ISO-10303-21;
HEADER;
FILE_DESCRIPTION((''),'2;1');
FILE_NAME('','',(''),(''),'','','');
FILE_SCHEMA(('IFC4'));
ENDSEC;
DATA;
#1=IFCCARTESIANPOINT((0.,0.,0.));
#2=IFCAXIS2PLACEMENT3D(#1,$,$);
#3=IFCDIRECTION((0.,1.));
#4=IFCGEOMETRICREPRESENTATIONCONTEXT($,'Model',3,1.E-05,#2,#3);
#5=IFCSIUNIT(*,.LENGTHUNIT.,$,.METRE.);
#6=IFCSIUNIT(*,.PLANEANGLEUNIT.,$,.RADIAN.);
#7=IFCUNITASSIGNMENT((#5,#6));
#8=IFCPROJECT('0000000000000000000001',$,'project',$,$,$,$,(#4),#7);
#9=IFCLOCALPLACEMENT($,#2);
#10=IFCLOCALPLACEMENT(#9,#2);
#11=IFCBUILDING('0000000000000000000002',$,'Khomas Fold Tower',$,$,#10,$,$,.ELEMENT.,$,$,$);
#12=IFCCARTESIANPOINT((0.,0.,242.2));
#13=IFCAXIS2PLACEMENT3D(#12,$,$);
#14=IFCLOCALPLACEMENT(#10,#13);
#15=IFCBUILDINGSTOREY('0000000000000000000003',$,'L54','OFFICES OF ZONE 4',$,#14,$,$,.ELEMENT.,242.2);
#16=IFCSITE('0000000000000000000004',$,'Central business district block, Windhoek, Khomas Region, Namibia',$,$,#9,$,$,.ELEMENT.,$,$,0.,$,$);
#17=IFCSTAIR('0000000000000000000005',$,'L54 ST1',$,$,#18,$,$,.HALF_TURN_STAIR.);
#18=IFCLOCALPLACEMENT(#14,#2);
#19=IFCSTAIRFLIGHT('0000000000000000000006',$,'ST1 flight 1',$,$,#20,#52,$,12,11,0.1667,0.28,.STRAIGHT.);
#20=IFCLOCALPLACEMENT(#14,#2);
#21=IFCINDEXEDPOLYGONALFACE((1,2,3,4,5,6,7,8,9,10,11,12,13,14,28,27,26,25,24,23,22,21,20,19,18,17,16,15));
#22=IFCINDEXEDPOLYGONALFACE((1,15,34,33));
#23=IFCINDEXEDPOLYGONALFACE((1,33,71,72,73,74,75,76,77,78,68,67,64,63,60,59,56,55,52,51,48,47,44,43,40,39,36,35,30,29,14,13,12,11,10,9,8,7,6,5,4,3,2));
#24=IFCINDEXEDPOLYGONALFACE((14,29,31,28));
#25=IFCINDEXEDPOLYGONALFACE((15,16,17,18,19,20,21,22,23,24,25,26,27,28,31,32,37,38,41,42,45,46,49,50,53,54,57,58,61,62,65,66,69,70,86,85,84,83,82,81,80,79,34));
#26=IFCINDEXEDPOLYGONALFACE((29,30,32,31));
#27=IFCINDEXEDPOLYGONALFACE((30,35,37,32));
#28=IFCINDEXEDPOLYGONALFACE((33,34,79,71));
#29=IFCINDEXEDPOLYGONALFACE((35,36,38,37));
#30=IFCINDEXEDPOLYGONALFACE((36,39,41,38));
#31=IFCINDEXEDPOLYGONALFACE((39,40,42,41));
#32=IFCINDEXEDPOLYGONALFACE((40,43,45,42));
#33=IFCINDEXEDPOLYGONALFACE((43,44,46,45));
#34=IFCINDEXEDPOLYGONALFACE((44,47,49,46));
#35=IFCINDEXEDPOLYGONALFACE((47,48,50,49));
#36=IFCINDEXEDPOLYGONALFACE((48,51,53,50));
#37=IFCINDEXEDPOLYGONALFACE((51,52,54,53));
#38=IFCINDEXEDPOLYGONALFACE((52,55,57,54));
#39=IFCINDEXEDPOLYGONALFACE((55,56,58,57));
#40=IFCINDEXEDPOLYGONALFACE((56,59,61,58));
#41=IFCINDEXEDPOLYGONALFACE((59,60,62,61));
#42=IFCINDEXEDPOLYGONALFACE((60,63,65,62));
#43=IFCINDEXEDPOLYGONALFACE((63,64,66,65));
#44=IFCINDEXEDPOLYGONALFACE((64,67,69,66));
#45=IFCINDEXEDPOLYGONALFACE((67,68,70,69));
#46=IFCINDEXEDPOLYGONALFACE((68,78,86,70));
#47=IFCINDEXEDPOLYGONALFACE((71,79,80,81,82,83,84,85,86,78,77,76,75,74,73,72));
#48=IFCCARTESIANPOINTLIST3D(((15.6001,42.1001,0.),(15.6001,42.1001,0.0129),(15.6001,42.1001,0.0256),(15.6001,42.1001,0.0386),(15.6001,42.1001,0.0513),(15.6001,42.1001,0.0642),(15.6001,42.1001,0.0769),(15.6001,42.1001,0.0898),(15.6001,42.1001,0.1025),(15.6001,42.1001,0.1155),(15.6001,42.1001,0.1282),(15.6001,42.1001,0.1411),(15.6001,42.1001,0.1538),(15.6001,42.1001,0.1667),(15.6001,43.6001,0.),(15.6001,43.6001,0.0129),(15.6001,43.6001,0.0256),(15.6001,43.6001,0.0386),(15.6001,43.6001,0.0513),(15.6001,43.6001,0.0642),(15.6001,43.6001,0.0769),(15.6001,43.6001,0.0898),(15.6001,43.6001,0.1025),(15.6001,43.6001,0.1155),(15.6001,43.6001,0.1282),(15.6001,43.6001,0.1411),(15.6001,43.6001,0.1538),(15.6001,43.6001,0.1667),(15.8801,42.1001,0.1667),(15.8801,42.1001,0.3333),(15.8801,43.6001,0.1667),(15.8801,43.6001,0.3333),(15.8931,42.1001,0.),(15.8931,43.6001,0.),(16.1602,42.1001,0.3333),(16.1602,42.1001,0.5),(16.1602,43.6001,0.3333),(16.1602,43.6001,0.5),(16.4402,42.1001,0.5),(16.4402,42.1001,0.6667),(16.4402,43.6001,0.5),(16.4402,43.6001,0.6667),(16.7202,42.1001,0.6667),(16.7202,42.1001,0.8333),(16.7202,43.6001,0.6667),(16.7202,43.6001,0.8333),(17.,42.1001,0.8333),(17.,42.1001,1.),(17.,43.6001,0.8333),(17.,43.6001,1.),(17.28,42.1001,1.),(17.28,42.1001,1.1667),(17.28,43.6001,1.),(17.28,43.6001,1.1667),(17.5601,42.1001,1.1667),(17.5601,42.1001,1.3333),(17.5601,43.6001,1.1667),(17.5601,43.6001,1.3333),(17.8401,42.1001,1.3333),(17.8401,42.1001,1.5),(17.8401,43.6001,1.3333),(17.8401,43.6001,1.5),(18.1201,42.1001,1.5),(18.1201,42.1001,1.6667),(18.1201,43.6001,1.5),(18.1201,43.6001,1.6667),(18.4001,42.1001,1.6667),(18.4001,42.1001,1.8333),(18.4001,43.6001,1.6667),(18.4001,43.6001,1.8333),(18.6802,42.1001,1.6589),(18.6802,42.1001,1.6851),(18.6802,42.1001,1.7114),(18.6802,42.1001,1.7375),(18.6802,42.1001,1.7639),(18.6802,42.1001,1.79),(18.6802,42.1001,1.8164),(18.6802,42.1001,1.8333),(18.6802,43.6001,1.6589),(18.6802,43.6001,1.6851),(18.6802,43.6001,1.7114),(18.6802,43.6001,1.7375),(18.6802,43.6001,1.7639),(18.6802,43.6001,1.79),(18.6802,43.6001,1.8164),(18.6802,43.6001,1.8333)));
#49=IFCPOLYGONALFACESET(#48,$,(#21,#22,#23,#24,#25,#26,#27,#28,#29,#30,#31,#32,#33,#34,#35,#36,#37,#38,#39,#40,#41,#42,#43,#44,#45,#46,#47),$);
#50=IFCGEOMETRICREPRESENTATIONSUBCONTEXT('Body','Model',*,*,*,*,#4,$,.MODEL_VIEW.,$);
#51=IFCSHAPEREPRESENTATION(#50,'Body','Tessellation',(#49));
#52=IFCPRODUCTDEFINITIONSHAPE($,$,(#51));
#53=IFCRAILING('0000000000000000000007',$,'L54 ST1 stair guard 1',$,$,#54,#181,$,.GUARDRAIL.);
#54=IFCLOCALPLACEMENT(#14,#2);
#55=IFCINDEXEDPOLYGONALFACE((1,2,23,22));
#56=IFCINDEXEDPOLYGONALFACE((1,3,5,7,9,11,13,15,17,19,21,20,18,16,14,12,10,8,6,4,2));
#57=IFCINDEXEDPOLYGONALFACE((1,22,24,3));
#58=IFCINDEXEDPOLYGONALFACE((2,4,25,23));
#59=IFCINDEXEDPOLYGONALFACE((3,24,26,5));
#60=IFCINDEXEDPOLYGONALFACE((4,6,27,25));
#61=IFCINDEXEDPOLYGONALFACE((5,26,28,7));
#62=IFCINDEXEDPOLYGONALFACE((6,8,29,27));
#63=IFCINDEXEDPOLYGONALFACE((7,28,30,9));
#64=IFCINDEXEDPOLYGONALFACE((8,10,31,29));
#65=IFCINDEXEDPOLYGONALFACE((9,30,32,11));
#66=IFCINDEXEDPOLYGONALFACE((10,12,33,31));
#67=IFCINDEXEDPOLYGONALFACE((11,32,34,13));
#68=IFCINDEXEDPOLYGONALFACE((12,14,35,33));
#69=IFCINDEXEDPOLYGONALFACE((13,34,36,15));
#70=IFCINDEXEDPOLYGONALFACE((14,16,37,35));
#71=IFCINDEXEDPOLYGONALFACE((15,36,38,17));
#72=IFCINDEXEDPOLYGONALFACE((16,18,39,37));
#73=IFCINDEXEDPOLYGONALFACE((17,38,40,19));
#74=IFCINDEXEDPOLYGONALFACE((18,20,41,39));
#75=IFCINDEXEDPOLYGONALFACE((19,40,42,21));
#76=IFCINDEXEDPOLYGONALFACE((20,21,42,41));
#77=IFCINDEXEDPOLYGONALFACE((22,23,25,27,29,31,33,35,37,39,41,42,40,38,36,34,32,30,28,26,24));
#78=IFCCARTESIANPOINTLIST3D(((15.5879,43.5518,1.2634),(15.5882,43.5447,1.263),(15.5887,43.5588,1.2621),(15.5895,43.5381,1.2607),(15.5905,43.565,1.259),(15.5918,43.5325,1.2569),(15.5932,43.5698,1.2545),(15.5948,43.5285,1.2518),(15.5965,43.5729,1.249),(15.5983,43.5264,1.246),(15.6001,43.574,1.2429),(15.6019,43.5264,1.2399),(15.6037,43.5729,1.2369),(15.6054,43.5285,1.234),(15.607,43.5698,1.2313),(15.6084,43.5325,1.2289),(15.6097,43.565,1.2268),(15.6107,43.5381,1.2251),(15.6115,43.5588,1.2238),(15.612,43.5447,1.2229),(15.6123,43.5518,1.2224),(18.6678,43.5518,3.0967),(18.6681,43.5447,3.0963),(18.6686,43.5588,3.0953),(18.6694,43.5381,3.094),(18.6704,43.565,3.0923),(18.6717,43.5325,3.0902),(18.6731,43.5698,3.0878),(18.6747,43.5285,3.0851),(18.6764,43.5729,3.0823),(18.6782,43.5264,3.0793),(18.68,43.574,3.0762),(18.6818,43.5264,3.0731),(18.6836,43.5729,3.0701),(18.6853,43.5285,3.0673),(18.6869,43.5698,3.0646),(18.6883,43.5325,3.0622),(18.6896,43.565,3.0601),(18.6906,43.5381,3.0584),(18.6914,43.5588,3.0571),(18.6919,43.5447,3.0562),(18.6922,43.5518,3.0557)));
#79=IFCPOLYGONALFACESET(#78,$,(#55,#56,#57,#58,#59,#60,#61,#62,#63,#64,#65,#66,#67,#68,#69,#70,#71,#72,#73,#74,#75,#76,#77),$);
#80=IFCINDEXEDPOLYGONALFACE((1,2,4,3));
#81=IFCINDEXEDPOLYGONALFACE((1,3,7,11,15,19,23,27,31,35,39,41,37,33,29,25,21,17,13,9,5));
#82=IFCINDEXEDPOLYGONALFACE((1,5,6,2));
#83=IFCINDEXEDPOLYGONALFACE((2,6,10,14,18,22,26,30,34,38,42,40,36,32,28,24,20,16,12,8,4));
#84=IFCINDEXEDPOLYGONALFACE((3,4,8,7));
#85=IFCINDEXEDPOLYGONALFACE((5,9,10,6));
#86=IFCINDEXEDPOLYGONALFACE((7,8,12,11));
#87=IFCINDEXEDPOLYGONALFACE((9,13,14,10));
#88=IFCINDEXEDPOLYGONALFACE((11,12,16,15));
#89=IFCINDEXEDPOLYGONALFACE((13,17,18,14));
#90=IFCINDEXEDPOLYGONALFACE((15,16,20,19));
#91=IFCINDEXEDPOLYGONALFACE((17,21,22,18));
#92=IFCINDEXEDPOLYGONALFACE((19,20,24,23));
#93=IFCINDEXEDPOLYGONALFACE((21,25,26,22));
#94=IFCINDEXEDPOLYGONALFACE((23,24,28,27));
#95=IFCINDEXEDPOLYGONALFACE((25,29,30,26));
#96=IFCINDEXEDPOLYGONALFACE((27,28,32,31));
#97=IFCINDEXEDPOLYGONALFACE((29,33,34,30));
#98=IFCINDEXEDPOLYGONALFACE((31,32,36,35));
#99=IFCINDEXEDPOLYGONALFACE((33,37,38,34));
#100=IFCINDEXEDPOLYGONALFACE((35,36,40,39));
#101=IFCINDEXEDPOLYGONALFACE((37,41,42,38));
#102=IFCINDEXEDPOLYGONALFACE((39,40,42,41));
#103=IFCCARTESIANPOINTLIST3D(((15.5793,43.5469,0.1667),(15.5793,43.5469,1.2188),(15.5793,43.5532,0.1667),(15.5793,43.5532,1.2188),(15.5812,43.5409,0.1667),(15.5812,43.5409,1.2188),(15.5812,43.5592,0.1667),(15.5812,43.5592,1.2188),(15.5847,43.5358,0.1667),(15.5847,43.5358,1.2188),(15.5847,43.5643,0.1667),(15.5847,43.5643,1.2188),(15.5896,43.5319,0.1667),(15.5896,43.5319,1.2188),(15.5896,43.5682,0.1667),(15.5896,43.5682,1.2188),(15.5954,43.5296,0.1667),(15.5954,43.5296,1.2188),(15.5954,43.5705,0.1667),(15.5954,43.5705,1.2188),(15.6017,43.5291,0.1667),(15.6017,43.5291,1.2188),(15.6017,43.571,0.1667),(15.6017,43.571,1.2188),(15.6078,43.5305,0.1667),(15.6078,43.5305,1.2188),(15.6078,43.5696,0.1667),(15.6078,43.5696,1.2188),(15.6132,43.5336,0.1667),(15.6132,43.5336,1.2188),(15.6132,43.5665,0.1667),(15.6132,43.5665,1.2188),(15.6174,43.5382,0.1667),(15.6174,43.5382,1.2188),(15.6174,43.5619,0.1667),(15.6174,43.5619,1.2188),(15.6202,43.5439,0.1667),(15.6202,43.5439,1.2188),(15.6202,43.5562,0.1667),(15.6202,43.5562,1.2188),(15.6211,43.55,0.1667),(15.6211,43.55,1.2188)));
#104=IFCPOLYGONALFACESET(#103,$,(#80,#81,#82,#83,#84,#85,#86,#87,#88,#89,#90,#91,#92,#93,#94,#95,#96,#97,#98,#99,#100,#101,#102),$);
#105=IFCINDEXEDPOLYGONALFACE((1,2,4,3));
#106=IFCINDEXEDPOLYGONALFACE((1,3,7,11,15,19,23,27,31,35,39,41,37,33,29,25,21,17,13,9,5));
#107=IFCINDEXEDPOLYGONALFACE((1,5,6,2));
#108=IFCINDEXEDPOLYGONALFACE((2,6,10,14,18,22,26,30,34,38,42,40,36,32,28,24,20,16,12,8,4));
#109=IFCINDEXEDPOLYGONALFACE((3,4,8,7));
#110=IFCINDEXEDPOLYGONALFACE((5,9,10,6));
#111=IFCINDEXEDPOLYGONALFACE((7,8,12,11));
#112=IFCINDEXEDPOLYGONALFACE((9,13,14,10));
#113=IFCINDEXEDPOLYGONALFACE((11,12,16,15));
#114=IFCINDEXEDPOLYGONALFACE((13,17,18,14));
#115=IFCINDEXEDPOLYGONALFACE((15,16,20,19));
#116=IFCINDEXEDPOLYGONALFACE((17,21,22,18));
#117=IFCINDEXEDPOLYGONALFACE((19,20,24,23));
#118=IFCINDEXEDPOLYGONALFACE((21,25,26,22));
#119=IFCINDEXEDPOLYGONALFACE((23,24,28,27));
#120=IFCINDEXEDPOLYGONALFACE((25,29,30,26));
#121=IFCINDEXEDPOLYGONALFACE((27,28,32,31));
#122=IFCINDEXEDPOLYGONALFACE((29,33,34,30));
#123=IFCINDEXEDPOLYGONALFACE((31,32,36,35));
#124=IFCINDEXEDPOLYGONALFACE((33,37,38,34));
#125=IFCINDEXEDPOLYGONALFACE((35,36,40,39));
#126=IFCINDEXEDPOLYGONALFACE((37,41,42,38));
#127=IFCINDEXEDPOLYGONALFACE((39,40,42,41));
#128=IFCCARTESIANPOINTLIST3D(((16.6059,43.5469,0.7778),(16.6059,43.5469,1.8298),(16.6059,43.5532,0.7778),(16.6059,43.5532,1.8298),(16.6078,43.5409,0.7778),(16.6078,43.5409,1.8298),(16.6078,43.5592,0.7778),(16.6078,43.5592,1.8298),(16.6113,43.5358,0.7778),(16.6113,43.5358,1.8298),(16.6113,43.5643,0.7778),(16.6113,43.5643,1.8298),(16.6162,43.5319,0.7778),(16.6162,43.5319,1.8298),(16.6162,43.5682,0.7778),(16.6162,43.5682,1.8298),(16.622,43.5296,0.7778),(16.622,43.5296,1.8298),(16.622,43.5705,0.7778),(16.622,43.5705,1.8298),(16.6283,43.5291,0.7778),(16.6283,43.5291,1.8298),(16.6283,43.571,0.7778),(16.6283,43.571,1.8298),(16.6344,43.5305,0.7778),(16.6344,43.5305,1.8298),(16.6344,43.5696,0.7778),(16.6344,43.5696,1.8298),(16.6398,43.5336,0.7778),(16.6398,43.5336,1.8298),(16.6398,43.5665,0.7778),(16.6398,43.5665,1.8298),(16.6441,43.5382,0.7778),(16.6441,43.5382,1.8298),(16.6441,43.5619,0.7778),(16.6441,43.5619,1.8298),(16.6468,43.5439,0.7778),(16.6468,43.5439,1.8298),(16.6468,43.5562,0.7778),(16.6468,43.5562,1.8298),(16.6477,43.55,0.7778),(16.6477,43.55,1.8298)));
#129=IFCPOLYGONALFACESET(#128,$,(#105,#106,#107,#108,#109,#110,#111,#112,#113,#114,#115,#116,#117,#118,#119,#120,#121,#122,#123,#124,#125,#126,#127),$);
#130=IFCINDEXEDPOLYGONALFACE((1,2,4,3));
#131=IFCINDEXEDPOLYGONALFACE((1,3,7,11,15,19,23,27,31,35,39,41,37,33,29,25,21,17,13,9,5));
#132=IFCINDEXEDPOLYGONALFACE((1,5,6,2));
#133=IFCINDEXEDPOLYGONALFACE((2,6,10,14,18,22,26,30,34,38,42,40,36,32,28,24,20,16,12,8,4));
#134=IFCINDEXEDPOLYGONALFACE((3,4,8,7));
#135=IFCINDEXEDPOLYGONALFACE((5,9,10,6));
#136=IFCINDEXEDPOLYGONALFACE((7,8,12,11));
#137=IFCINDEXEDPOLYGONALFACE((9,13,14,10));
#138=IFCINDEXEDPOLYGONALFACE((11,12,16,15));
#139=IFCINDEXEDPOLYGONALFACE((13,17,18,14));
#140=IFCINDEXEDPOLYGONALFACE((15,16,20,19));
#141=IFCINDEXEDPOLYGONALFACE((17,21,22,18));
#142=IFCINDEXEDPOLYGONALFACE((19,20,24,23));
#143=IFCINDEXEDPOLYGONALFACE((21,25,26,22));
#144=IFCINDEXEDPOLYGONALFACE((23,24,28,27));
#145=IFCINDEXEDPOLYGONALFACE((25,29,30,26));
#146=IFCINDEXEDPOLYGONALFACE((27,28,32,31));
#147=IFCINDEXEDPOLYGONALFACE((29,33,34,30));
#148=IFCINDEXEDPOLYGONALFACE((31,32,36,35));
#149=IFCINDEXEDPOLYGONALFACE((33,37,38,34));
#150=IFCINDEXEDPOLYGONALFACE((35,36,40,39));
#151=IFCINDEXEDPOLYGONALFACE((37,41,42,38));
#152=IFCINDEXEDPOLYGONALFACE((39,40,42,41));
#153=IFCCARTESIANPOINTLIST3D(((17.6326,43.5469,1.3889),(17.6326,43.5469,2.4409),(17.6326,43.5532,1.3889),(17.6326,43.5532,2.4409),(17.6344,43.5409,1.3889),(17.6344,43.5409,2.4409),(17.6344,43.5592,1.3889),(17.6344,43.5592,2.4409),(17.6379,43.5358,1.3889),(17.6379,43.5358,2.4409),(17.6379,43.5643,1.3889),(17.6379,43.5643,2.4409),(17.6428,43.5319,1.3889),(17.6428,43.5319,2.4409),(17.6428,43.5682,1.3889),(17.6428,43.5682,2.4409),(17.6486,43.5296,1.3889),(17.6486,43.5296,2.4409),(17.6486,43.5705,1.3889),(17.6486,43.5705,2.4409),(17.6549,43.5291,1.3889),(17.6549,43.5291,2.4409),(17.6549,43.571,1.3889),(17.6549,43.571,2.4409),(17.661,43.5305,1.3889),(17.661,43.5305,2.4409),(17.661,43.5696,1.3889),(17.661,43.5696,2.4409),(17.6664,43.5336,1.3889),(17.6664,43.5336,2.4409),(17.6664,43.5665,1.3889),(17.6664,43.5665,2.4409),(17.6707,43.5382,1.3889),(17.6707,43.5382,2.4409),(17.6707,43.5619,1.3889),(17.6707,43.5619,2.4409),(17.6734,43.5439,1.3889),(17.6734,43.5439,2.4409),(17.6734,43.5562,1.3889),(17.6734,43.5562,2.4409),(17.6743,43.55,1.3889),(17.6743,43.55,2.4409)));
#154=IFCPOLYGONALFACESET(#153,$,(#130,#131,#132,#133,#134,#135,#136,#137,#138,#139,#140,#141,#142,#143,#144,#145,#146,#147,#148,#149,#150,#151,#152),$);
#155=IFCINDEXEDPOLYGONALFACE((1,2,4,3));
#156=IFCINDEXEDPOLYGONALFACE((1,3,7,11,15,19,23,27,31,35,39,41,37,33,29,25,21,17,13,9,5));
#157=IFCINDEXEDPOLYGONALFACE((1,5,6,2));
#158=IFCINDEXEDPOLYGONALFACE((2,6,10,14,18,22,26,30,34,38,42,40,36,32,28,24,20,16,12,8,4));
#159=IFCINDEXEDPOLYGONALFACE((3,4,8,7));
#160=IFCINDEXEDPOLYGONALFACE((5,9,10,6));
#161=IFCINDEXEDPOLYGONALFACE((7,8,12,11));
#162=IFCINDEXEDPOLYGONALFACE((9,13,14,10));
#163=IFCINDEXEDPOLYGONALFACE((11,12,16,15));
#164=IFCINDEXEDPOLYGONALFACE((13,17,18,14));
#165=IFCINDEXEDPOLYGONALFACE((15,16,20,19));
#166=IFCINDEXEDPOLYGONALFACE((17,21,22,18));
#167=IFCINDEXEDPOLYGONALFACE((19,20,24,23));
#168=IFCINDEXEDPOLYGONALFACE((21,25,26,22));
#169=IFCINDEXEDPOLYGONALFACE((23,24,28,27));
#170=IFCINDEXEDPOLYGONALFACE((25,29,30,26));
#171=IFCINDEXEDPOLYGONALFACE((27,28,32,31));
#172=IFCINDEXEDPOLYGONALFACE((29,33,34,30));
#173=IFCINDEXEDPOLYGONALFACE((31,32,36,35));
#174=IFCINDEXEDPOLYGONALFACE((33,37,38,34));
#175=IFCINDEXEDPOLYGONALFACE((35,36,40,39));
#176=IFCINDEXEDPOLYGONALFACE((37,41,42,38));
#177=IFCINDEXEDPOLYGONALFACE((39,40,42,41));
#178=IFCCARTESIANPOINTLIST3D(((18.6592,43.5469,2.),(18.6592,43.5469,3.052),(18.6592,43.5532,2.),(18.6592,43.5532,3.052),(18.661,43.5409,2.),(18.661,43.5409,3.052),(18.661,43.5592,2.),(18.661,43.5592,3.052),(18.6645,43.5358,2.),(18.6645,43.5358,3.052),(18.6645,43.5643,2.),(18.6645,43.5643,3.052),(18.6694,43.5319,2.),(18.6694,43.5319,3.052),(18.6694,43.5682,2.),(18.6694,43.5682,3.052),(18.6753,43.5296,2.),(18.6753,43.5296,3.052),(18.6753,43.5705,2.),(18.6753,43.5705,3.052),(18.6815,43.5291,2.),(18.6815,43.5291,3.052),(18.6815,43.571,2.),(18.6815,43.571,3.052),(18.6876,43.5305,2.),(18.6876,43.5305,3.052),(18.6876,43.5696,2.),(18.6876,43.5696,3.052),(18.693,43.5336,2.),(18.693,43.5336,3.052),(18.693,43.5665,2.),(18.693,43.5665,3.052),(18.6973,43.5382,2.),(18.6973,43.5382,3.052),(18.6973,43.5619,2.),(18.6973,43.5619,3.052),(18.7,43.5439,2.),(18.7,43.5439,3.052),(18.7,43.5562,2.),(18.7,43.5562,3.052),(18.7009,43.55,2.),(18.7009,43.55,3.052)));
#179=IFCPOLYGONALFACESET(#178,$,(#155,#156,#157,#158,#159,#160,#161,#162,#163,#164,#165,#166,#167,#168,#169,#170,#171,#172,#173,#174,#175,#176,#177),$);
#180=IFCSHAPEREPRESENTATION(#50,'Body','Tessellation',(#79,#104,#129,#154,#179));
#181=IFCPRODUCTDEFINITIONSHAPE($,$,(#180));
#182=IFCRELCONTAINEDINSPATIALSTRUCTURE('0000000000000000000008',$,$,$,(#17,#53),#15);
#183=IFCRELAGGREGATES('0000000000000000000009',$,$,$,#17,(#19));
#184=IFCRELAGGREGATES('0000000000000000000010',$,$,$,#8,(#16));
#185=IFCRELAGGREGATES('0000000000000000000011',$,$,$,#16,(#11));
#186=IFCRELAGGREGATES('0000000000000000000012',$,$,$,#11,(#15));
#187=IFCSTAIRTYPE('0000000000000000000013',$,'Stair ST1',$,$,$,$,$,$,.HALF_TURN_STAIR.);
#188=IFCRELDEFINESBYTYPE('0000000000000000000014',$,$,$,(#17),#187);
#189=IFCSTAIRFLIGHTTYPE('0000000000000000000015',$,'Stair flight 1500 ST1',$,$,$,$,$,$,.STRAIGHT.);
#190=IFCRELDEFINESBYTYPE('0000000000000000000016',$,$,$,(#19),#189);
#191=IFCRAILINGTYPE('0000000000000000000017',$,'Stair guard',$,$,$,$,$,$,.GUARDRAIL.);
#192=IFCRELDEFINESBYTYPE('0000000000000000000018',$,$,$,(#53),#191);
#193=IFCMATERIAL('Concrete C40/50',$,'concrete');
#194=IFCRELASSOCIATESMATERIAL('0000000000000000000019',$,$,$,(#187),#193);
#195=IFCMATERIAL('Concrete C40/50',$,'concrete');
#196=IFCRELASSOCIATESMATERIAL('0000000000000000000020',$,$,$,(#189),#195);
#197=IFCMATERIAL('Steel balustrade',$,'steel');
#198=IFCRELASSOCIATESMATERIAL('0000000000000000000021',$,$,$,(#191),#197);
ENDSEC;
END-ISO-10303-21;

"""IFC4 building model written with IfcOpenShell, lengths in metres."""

from ifc_helpers import new_model, si_unit, direction, frame, origin, origin_2d, place, context, subcontext, project, spatial, polyline, circle, outline, extrude, source, transform, mapped, material, type_object, element, aggregate, save


model = new_model("IFC4")

# Units and contexts
model_context = context("Model", 3, precision=1e-05, world=origin(), true_north=direction((0.0, 1.0)))
body_context = subcontext(model_context, "Body", "Model", "MODEL_VIEW")
ifc_project = project(units=[si_unit("LENGTHUNIT", "METRE"), si_unit("PLANEANGLEUNIT", "RADIAN")], contexts=[model_context])

# Site, building, storey
site_placement = place(None, origin())
site = spatial("IfcSite", under=ifc_project, at=site_placement, Name="Central business district block, Windhoek, Khomas Region, Namibia", CompositionType="ELEMENT", RefElevation=0.0)
building_placement = place(site_placement, origin())
building = spatial("IfcBuilding", under=site, at=building_placement, Name="Khomas Fold Tower", CompositionType="ELEMENT")
storey_placement = place(building_placement, frame((0.0, 0.0, 242.2)))
storey = spatial("IfcBuildingStorey", under=building, at=storey_placement, Name="L54", Description="OFFICES OF ZONE 4", CompositionType="ELEMENT", Elevation=242.2)

# Stair, stair flight
ifc_material_1 = material(Name="Concrete C40/50", Category="concrete")
stair_type = type_object("IfcStairType", Name="Stair ST1", PredefinedType="HALF_TURN_STAIR", material=ifc_material_1)
stair_placement = place(storey_placement, origin())
stair = element("IfcStair", 1, at=stair_placement, inside=storey, type_object=stair_type, Name="L54 ST1", PredefinedType="HALF_TURN_STAIR")
ifc_material_2 = material(Name="Concrete C40/50", Category="concrete")
stair_flight_type = type_object("IfcStairFlightType", Name="Stair flight 1500 ST1", PredefinedType="STRAIGHT", material=ifc_material_2)
shared_shape_1 = source(origin(), body_context, "Body", "SweptSolid", [
    extrude(outline(polyline([(0.0, 0.0), (0.0, 0.0129), (0.0, 0.0256), (0.0, 0.0386), (0.0, 0.0513), (0.0, 0.0642), (0.0, 0.0769), (0.0, 0.0898), (0.0, 0.1025), (0.0, 0.1155), (0.0, 0.1282), (0.0, 0.1411), (0.0, 0.1538), (0.0, 0.1667), (0.28, 0.1667), (0.28, 0.3333), (0.5601, 0.3333), (0.5601, 0.5), (0.8401, 0.5), (0.8401, 0.6667), (1.1201, 0.6667), (1.1201, 0.8333), (1.3999, 0.8333), (1.3999, 1.0), (1.6799, 1.0), (1.6799, 1.1667), (1.96, 1.1667), (1.96, 1.3333), (2.24, 1.3333), (2.24, 1.5), (2.52, 1.5), (2.52, 1.6667), (2.8, 1.6667), (2.8, 1.8333), (3.0801, 1.8333), (3.0801, 2.0), (3.0801, 1.9739), (3.0801, 1.9475), (3.0801, 1.9214), (3.0801, 1.895), (3.0801, 1.8689), (3.0801, 1.8425), (3.0801, 1.8164), (3.0801, 1.79), (3.0801, 1.7639), (3.0801, 1.7375), (3.0801, 1.7114), (3.0801, 1.6851), (3.0801, 1.6589), (0.293, 0.0), (0.0, 0.0)])), frame((0.0, 0.75, 0.0), z_axis=(0.0, -1.0, 0.0), x_axis=(1.0, 0.0, 0.0)), (0.0, 0.0, 1.0), 1.5),
])
stair_flight_placement = place(storey_placement, frame((15.6001, 42.8501, 0.0), z_axis=(0.0, 0.0, 1.0), x_axis=(1.0, 0.0, 0.0)))
stair_flight = element("IfcStairFlight", 2, at=stair_flight_placement, type_object=stair_flight_type, Name="ST1 flight 1", NumberOfRisers=12, NumberOfTreads=11, PredefinedType="STRAIGHT", RiserHeight=0.1667, TreadLength=0.28, context=body_context, shape_type="MappedRepresentation", body=[
    mapped(shared_shape_1, transform((0.0, 0.0, 0.0))),
])
aggregate(stair, [stair_flight])

# Railing
ifc_material_3 = material(Name="Steel balustrade", Category="steel")
railing_type_1 = type_object("IfcRailingType", Name="Stair guard", PredefinedType="GUARDRAIL", material=ifc_material_3)
shared_shape_2 = source(origin(), body_context, "Body", "SweptSolid", [
    extrude(circle(Radius=0.0239, at=origin_2d()), frame((0.0, 0.0, 1.0762), z_axis=(0.859291, 0.0, 0.511487), x_axis=(0.0, 1.0, 0.0)), (0.0, 0.0, 1.0), 3.5842),
    extrude(circle(Radius=0.021, at=origin_2d()), origin(), (0.0, 0.0, 1.0), 1.052),
    extrude(circle(Radius=0.021, at=origin_2d()), frame((1.0266, 0.0, 0.6111)), (0.0, 0.0, 1.0), 1.052),
    extrude(circle(Radius=0.021, at=origin_2d()), frame((2.0532, 0.0, 1.2222)), (0.0, 0.0, 1.0), 1.052),
    extrude(circle(Radius=0.021, at=origin_2d()), frame((3.0798, 0.0, 1.8333)), (0.0, 0.0, 1.0), 1.052),
])
railing_1_placement = place(storey_placement, frame((15.6001, 43.55, 0.1667)))
element("IfcRailing", 3, at=railing_1_placement, inside=storey, type_object=railing_type_1, Name="L54 ST1 stair guard 1", PredefinedType="GUARDRAIL", context=body_context, shape_type="MappedRepresentation", body=[
    mapped(shared_shape_2, transform((0.0, 0.0, 0.0))),
])

save(model, "model.ifc")
